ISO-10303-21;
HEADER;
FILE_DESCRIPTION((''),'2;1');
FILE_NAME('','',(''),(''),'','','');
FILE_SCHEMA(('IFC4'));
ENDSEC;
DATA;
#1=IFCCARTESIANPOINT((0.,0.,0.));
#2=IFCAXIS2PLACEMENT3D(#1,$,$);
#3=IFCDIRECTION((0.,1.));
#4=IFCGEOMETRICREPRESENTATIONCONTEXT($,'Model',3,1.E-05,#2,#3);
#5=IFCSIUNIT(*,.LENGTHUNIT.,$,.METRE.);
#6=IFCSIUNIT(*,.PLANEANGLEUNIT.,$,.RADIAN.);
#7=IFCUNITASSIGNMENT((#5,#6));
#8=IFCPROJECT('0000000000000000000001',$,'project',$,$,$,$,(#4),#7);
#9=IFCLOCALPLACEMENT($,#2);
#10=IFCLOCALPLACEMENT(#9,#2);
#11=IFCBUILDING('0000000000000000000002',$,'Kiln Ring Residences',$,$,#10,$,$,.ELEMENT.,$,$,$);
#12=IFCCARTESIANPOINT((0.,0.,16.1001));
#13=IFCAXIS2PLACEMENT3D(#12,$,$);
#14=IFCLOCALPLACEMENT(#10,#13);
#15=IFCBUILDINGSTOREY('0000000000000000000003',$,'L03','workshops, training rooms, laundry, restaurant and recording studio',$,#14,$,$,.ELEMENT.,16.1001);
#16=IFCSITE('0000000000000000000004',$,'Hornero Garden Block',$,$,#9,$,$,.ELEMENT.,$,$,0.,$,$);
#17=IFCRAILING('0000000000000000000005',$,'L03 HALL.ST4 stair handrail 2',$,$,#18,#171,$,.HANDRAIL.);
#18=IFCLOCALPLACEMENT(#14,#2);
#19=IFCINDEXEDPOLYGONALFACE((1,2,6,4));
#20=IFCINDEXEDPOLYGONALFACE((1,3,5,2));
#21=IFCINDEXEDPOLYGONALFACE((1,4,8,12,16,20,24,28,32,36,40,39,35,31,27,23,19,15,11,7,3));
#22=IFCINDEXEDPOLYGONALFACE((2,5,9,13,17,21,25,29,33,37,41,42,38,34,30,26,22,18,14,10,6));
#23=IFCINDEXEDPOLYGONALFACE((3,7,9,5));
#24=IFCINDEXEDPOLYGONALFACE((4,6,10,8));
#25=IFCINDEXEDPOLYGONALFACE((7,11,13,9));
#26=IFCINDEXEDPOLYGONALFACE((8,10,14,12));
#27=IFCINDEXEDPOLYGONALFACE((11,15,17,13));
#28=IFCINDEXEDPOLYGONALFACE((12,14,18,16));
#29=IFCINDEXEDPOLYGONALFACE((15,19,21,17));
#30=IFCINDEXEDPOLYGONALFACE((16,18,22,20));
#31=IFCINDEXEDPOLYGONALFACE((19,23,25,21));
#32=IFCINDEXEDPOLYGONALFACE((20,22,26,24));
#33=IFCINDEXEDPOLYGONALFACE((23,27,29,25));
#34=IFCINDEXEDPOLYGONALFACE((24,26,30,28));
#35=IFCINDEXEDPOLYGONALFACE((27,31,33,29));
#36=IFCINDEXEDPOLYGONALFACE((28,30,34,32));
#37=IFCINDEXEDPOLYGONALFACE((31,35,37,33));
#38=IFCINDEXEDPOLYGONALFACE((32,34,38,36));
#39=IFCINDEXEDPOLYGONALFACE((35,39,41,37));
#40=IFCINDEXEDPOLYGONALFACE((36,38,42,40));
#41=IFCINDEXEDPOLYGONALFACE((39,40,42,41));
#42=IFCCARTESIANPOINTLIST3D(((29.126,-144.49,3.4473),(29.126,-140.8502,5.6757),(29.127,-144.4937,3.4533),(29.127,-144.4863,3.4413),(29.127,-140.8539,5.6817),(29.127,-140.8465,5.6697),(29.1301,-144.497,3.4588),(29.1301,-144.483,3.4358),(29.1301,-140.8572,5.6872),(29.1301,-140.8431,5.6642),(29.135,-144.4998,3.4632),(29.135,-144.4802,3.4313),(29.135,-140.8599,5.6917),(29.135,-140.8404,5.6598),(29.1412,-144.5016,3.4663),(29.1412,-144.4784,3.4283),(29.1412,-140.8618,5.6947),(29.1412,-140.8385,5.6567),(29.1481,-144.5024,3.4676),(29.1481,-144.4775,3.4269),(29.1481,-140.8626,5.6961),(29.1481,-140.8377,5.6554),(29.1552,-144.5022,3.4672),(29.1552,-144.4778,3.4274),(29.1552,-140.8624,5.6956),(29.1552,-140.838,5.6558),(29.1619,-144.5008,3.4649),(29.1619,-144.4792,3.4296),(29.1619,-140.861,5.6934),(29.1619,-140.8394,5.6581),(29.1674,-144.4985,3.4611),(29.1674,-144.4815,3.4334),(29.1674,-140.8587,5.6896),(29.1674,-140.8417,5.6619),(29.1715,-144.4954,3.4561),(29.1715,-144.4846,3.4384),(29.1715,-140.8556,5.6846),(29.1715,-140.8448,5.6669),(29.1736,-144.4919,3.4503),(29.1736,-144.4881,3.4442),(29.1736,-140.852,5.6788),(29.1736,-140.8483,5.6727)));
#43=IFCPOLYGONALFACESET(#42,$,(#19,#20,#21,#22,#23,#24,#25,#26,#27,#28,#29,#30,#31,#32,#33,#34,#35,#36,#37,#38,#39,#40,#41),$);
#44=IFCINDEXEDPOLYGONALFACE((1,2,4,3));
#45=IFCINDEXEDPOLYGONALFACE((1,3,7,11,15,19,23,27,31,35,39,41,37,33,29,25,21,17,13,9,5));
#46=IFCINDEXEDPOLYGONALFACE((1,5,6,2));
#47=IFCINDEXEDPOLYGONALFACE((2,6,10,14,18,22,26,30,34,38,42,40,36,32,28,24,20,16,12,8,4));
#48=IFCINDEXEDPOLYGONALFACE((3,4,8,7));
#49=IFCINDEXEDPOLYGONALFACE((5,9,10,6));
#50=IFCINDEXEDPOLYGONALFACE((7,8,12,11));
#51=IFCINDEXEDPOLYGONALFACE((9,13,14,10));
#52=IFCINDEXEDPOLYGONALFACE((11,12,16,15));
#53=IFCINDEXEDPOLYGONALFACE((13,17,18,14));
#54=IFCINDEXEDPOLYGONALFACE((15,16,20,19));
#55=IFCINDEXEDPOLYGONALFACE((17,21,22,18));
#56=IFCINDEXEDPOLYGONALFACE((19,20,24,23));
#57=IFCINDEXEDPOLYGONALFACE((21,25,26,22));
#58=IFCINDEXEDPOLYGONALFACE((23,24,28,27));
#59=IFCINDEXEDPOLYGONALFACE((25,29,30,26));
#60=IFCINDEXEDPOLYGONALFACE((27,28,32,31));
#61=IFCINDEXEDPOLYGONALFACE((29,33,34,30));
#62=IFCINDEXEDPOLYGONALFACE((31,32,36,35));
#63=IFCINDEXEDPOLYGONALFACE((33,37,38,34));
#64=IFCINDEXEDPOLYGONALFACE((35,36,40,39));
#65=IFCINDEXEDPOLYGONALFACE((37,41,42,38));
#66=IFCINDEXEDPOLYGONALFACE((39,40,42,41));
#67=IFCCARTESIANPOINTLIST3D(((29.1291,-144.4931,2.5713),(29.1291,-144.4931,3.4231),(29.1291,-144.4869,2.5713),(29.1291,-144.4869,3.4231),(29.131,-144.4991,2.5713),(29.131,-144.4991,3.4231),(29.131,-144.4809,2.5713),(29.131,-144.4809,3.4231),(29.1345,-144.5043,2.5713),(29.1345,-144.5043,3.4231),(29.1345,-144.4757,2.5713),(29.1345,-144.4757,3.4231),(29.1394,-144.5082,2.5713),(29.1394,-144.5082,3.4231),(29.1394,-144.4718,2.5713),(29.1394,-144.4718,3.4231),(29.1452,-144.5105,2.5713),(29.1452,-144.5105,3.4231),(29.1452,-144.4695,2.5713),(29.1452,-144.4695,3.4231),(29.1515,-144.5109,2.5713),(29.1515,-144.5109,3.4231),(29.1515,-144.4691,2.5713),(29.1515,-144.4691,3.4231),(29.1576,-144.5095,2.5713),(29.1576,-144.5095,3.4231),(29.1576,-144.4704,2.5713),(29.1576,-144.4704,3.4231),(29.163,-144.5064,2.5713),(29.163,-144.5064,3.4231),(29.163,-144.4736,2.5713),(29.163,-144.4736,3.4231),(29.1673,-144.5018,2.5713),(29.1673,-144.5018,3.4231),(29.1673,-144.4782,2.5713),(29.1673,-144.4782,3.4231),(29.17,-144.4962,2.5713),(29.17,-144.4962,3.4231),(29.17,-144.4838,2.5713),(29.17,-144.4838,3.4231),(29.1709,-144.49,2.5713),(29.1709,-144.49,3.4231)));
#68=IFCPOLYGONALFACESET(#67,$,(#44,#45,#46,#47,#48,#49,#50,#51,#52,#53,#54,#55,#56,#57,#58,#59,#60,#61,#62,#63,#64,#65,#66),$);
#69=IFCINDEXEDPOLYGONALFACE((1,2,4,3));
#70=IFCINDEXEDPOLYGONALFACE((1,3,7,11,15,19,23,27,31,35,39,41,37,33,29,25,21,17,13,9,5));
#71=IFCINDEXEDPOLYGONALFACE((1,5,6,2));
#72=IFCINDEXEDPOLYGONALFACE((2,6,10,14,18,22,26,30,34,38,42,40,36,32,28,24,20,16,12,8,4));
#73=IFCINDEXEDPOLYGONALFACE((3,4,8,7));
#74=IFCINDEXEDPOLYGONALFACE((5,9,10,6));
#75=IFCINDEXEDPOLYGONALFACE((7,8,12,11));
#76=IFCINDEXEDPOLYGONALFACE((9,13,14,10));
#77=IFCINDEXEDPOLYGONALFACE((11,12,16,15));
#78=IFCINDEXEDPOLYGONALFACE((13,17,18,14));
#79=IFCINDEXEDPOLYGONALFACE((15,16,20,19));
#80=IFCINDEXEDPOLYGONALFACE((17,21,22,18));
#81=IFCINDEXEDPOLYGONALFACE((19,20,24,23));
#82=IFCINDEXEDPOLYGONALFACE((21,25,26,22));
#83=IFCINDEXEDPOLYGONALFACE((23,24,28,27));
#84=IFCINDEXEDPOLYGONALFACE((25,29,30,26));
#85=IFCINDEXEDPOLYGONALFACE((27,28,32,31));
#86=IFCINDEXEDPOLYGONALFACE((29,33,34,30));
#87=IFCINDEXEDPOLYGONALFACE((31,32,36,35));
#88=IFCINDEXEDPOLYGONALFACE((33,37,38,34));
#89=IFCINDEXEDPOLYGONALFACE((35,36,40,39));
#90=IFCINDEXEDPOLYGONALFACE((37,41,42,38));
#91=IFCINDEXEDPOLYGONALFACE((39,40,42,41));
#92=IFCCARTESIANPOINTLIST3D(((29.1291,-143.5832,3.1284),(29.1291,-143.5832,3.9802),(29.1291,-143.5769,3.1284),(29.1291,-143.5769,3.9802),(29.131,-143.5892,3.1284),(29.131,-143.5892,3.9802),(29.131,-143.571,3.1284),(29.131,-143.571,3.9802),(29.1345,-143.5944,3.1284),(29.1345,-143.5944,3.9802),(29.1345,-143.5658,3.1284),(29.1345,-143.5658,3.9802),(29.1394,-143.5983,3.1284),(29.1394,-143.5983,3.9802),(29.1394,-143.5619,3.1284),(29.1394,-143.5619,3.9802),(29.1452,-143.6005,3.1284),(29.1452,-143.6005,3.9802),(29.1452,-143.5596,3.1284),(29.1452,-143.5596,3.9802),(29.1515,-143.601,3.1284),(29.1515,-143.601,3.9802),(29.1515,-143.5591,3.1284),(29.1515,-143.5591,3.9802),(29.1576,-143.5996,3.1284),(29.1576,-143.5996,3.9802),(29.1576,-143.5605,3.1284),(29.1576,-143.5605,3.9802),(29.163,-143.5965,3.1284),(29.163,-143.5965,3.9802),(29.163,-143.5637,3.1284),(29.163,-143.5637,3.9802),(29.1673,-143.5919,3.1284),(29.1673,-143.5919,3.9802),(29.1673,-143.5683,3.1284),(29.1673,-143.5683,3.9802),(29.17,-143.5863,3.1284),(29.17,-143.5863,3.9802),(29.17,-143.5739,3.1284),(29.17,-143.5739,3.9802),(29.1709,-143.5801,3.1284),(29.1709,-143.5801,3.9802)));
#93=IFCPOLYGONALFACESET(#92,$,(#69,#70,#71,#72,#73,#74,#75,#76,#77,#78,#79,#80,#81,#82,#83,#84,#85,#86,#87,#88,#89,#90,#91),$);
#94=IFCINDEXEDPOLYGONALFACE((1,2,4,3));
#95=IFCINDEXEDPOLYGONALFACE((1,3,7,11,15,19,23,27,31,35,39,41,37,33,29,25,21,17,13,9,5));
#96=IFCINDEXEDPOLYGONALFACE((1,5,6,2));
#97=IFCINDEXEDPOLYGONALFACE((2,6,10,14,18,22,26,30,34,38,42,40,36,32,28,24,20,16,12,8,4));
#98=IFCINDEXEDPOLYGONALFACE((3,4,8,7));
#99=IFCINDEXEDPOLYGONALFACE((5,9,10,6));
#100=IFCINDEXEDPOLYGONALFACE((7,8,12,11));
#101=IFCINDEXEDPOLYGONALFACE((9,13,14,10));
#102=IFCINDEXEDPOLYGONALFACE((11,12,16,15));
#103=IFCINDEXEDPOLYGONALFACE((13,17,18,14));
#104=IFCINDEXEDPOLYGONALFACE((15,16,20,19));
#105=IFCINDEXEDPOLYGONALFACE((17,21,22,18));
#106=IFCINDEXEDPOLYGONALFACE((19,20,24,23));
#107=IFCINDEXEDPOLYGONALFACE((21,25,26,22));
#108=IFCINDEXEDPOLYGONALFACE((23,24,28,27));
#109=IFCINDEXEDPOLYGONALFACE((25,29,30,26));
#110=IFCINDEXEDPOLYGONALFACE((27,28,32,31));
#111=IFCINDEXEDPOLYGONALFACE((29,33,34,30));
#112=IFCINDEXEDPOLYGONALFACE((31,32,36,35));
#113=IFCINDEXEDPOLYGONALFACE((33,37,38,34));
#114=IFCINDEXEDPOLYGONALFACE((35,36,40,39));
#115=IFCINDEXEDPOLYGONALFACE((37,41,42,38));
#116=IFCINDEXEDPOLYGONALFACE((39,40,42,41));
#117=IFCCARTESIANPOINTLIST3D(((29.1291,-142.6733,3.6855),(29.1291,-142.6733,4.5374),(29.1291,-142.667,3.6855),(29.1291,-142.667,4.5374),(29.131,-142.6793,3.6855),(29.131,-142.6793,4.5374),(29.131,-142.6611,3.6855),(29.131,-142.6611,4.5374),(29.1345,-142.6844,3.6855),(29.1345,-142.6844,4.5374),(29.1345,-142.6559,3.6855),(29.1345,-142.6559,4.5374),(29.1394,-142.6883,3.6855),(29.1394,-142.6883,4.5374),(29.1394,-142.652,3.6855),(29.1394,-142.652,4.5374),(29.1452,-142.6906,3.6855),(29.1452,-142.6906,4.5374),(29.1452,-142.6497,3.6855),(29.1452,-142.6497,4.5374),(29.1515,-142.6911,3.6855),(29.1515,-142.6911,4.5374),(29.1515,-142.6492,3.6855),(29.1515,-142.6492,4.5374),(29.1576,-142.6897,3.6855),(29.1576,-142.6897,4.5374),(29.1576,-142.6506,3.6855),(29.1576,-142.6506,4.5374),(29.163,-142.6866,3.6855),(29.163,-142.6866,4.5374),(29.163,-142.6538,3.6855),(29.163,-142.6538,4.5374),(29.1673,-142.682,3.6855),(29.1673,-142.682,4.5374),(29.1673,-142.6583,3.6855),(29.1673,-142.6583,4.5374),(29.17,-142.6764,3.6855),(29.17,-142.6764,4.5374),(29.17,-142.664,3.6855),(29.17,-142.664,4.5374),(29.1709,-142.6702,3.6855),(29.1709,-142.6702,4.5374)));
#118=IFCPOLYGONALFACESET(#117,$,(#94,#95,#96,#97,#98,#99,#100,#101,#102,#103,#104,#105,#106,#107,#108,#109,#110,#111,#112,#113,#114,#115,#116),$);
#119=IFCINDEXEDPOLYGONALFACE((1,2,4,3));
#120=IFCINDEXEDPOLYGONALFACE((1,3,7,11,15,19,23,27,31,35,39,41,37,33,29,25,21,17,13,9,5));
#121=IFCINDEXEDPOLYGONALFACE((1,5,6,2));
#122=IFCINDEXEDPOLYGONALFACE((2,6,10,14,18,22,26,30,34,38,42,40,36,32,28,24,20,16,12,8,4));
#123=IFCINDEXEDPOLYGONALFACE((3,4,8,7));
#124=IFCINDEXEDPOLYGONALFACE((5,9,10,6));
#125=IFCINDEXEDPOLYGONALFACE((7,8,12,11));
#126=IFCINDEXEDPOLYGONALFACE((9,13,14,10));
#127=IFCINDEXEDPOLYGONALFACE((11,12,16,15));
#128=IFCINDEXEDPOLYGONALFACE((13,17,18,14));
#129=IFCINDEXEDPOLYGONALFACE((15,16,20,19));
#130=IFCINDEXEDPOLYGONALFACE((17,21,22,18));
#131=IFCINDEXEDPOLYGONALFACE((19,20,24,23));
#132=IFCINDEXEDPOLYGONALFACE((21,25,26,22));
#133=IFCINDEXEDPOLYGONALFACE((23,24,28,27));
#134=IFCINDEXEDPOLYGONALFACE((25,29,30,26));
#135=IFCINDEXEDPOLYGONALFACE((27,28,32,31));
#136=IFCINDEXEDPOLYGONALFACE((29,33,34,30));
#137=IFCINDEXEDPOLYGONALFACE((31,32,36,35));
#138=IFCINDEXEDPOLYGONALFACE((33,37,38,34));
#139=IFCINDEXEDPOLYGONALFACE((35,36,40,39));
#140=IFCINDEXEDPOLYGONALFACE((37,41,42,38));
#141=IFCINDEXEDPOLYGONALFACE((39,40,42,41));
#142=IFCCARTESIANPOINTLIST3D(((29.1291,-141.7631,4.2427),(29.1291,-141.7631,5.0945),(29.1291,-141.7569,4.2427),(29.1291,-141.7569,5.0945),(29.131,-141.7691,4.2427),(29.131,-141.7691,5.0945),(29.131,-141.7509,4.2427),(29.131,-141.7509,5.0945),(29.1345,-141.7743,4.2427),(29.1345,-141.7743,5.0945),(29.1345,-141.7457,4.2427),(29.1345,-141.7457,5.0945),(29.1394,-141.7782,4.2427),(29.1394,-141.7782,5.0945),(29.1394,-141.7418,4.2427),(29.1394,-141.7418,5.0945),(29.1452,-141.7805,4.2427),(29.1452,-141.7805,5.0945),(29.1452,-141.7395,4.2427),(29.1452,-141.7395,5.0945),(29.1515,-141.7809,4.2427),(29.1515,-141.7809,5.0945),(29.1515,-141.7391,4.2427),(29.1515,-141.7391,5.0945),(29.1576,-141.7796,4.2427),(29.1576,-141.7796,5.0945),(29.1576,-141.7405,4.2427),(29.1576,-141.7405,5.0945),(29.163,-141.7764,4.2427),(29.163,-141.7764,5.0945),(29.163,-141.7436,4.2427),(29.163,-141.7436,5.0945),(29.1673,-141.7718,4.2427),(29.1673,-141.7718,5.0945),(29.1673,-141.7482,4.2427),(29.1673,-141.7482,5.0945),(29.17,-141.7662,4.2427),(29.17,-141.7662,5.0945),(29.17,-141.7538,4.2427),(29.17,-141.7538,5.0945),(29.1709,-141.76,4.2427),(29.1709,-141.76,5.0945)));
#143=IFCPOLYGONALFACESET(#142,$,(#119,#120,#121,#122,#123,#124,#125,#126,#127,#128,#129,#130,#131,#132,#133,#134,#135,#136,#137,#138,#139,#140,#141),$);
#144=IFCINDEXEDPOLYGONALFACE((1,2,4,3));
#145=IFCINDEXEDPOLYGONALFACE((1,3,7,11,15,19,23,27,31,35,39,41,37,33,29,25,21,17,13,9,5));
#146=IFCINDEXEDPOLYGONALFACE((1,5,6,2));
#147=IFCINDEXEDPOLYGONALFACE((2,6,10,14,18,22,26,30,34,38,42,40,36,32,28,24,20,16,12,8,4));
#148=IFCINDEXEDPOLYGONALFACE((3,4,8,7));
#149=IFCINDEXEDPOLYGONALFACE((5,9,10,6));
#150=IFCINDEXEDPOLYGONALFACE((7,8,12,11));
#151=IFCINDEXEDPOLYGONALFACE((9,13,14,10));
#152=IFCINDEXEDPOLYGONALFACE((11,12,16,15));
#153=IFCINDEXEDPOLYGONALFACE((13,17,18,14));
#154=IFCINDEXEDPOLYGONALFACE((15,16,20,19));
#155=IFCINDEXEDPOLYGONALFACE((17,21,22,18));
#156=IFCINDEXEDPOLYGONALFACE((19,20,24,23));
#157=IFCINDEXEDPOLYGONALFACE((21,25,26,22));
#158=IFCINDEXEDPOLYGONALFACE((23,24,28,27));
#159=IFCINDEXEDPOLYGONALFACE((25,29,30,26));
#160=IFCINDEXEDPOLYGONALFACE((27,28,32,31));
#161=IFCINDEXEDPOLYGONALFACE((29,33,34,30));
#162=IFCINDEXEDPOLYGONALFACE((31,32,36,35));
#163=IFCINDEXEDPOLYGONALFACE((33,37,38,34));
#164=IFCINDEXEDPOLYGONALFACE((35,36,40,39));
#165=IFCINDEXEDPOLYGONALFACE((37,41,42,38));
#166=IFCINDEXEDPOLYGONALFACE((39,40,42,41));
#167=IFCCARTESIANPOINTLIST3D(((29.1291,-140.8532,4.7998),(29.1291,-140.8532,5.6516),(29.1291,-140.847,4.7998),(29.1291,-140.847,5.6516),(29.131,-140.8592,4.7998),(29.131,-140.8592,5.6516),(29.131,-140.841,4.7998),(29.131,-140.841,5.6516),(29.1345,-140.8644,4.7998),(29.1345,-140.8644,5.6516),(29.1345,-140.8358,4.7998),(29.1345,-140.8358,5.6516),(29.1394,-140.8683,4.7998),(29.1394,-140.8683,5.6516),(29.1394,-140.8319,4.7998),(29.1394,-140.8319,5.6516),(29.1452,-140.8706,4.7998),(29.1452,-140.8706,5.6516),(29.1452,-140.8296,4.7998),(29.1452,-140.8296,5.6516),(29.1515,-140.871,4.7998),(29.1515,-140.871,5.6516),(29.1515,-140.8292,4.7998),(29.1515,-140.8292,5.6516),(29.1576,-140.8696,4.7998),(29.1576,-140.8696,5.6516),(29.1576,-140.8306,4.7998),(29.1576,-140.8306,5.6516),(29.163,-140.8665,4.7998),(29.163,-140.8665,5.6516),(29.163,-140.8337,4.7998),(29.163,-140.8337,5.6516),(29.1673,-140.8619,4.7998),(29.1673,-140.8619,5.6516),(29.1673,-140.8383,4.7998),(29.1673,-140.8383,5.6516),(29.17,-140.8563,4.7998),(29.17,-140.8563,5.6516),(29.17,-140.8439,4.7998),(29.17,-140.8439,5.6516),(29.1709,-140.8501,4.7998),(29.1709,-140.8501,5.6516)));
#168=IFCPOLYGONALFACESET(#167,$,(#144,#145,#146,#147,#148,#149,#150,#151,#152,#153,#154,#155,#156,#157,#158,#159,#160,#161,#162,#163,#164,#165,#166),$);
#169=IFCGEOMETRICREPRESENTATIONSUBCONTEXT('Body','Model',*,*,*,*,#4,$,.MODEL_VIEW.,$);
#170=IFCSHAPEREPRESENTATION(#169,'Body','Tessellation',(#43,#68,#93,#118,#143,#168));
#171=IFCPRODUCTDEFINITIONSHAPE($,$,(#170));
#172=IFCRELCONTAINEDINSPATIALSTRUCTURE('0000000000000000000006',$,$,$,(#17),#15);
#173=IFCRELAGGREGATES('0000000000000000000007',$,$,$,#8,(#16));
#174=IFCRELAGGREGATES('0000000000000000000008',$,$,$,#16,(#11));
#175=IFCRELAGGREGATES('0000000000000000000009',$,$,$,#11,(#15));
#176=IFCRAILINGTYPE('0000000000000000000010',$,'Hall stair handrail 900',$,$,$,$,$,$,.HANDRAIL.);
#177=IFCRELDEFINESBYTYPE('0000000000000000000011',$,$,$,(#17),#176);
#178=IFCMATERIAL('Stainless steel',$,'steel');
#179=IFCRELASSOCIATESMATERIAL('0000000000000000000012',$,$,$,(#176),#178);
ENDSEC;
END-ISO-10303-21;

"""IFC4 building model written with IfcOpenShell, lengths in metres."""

from ifc_helpers import new_model, si_unit, direction, frame, origin, origin_2d, place, context, subcontext, project, spatial, circle, extrude, material, type_object, element, save


model = new_model("IFC4")

# Units and contexts
model_context = context("Model", 3, precision=1e-05, world=origin(), true_north=direction((0.0, 1.0)))
body_context = subcontext(model_context, "Body", "Model", "MODEL_VIEW")
ifc_project = project(units=[si_unit("LENGTHUNIT", "METRE"), si_unit("PLANEANGLEUNIT", "RADIAN")], contexts=[model_context])

# Site, building, storey
site_placement = place(None, origin())
site = spatial("IfcSite", under=ifc_project, at=site_placement, Name="Hornero Garden Block", CompositionType="ELEMENT", RefElevation=0.0)
building_placement = place(site_placement, origin())
building = spatial("IfcBuilding", under=site, at=building_placement, Name="Kiln Ring Residences", CompositionType="ELEMENT")
storey_placement = place(building_placement, frame((0.0, 0.0, 16.1001)))
storey = spatial("IfcBuildingStorey", under=building, at=storey_placement, Name="L03", Description="workshops, training rooms, laundry, restaurant and recording studio", CompositionType="ELEMENT", Elevation=16.1001)

# Railing
ifc_material_1 = material(Name="Stainless steel", Category="steel")
railing_type_1 = type_object("IfcRailingType", Name="Hall stair handrail 900", PredefinedType="HANDRAIL", material=ifc_material_1)
railing_1_placement = place(storey_placement, frame((29.1499, -144.49, 2.5713)))
element("IfcRailing", 1, at=railing_1_placement, inside=storey, type_object=railing_type_1, Name="L03 HALL.ST4 stair handrail 2", PredefinedType="HANDRAIL", context=body_context, shape_type="SweptSolid", body=[
    extrude(circle(Radius=0.0239, at=origin_2d()), frame((0.0, 0.0, 0.876), z_axis=(0.0, 0.85285, 0.522156), x_axis=(-1.0, 0.0, 0.0)), (0.0, 0.0, 1.0), 4.2678),
    extrude(circle(Radius=0.021, at=origin_2d()), origin(), (0.0, 0.0, 1.0), 0.8518),
    extrude(circle(Radius=0.021, at=origin_2d()), frame((0.0, 0.9099, 0.5571)), (0.0, 0.0, 1.0), 0.8518),
    extrude(circle(Radius=0.021, at=origin_2d()), frame((0.0, 1.8198, 1.1143)), (0.0, 0.0, 1.0), 0.8518),
    extrude(circle(Radius=0.021, at=origin_2d()), frame((0.0, 2.73, 1.6714)), (0.0, 0.0, 1.0), 0.8518),
    extrude(circle(Radius=0.021, at=origin_2d()), frame((0.0, 3.6399, 2.2285)), (0.0, 0.0, 1.0), 0.8518),
])

save(model, "model.ifc")
